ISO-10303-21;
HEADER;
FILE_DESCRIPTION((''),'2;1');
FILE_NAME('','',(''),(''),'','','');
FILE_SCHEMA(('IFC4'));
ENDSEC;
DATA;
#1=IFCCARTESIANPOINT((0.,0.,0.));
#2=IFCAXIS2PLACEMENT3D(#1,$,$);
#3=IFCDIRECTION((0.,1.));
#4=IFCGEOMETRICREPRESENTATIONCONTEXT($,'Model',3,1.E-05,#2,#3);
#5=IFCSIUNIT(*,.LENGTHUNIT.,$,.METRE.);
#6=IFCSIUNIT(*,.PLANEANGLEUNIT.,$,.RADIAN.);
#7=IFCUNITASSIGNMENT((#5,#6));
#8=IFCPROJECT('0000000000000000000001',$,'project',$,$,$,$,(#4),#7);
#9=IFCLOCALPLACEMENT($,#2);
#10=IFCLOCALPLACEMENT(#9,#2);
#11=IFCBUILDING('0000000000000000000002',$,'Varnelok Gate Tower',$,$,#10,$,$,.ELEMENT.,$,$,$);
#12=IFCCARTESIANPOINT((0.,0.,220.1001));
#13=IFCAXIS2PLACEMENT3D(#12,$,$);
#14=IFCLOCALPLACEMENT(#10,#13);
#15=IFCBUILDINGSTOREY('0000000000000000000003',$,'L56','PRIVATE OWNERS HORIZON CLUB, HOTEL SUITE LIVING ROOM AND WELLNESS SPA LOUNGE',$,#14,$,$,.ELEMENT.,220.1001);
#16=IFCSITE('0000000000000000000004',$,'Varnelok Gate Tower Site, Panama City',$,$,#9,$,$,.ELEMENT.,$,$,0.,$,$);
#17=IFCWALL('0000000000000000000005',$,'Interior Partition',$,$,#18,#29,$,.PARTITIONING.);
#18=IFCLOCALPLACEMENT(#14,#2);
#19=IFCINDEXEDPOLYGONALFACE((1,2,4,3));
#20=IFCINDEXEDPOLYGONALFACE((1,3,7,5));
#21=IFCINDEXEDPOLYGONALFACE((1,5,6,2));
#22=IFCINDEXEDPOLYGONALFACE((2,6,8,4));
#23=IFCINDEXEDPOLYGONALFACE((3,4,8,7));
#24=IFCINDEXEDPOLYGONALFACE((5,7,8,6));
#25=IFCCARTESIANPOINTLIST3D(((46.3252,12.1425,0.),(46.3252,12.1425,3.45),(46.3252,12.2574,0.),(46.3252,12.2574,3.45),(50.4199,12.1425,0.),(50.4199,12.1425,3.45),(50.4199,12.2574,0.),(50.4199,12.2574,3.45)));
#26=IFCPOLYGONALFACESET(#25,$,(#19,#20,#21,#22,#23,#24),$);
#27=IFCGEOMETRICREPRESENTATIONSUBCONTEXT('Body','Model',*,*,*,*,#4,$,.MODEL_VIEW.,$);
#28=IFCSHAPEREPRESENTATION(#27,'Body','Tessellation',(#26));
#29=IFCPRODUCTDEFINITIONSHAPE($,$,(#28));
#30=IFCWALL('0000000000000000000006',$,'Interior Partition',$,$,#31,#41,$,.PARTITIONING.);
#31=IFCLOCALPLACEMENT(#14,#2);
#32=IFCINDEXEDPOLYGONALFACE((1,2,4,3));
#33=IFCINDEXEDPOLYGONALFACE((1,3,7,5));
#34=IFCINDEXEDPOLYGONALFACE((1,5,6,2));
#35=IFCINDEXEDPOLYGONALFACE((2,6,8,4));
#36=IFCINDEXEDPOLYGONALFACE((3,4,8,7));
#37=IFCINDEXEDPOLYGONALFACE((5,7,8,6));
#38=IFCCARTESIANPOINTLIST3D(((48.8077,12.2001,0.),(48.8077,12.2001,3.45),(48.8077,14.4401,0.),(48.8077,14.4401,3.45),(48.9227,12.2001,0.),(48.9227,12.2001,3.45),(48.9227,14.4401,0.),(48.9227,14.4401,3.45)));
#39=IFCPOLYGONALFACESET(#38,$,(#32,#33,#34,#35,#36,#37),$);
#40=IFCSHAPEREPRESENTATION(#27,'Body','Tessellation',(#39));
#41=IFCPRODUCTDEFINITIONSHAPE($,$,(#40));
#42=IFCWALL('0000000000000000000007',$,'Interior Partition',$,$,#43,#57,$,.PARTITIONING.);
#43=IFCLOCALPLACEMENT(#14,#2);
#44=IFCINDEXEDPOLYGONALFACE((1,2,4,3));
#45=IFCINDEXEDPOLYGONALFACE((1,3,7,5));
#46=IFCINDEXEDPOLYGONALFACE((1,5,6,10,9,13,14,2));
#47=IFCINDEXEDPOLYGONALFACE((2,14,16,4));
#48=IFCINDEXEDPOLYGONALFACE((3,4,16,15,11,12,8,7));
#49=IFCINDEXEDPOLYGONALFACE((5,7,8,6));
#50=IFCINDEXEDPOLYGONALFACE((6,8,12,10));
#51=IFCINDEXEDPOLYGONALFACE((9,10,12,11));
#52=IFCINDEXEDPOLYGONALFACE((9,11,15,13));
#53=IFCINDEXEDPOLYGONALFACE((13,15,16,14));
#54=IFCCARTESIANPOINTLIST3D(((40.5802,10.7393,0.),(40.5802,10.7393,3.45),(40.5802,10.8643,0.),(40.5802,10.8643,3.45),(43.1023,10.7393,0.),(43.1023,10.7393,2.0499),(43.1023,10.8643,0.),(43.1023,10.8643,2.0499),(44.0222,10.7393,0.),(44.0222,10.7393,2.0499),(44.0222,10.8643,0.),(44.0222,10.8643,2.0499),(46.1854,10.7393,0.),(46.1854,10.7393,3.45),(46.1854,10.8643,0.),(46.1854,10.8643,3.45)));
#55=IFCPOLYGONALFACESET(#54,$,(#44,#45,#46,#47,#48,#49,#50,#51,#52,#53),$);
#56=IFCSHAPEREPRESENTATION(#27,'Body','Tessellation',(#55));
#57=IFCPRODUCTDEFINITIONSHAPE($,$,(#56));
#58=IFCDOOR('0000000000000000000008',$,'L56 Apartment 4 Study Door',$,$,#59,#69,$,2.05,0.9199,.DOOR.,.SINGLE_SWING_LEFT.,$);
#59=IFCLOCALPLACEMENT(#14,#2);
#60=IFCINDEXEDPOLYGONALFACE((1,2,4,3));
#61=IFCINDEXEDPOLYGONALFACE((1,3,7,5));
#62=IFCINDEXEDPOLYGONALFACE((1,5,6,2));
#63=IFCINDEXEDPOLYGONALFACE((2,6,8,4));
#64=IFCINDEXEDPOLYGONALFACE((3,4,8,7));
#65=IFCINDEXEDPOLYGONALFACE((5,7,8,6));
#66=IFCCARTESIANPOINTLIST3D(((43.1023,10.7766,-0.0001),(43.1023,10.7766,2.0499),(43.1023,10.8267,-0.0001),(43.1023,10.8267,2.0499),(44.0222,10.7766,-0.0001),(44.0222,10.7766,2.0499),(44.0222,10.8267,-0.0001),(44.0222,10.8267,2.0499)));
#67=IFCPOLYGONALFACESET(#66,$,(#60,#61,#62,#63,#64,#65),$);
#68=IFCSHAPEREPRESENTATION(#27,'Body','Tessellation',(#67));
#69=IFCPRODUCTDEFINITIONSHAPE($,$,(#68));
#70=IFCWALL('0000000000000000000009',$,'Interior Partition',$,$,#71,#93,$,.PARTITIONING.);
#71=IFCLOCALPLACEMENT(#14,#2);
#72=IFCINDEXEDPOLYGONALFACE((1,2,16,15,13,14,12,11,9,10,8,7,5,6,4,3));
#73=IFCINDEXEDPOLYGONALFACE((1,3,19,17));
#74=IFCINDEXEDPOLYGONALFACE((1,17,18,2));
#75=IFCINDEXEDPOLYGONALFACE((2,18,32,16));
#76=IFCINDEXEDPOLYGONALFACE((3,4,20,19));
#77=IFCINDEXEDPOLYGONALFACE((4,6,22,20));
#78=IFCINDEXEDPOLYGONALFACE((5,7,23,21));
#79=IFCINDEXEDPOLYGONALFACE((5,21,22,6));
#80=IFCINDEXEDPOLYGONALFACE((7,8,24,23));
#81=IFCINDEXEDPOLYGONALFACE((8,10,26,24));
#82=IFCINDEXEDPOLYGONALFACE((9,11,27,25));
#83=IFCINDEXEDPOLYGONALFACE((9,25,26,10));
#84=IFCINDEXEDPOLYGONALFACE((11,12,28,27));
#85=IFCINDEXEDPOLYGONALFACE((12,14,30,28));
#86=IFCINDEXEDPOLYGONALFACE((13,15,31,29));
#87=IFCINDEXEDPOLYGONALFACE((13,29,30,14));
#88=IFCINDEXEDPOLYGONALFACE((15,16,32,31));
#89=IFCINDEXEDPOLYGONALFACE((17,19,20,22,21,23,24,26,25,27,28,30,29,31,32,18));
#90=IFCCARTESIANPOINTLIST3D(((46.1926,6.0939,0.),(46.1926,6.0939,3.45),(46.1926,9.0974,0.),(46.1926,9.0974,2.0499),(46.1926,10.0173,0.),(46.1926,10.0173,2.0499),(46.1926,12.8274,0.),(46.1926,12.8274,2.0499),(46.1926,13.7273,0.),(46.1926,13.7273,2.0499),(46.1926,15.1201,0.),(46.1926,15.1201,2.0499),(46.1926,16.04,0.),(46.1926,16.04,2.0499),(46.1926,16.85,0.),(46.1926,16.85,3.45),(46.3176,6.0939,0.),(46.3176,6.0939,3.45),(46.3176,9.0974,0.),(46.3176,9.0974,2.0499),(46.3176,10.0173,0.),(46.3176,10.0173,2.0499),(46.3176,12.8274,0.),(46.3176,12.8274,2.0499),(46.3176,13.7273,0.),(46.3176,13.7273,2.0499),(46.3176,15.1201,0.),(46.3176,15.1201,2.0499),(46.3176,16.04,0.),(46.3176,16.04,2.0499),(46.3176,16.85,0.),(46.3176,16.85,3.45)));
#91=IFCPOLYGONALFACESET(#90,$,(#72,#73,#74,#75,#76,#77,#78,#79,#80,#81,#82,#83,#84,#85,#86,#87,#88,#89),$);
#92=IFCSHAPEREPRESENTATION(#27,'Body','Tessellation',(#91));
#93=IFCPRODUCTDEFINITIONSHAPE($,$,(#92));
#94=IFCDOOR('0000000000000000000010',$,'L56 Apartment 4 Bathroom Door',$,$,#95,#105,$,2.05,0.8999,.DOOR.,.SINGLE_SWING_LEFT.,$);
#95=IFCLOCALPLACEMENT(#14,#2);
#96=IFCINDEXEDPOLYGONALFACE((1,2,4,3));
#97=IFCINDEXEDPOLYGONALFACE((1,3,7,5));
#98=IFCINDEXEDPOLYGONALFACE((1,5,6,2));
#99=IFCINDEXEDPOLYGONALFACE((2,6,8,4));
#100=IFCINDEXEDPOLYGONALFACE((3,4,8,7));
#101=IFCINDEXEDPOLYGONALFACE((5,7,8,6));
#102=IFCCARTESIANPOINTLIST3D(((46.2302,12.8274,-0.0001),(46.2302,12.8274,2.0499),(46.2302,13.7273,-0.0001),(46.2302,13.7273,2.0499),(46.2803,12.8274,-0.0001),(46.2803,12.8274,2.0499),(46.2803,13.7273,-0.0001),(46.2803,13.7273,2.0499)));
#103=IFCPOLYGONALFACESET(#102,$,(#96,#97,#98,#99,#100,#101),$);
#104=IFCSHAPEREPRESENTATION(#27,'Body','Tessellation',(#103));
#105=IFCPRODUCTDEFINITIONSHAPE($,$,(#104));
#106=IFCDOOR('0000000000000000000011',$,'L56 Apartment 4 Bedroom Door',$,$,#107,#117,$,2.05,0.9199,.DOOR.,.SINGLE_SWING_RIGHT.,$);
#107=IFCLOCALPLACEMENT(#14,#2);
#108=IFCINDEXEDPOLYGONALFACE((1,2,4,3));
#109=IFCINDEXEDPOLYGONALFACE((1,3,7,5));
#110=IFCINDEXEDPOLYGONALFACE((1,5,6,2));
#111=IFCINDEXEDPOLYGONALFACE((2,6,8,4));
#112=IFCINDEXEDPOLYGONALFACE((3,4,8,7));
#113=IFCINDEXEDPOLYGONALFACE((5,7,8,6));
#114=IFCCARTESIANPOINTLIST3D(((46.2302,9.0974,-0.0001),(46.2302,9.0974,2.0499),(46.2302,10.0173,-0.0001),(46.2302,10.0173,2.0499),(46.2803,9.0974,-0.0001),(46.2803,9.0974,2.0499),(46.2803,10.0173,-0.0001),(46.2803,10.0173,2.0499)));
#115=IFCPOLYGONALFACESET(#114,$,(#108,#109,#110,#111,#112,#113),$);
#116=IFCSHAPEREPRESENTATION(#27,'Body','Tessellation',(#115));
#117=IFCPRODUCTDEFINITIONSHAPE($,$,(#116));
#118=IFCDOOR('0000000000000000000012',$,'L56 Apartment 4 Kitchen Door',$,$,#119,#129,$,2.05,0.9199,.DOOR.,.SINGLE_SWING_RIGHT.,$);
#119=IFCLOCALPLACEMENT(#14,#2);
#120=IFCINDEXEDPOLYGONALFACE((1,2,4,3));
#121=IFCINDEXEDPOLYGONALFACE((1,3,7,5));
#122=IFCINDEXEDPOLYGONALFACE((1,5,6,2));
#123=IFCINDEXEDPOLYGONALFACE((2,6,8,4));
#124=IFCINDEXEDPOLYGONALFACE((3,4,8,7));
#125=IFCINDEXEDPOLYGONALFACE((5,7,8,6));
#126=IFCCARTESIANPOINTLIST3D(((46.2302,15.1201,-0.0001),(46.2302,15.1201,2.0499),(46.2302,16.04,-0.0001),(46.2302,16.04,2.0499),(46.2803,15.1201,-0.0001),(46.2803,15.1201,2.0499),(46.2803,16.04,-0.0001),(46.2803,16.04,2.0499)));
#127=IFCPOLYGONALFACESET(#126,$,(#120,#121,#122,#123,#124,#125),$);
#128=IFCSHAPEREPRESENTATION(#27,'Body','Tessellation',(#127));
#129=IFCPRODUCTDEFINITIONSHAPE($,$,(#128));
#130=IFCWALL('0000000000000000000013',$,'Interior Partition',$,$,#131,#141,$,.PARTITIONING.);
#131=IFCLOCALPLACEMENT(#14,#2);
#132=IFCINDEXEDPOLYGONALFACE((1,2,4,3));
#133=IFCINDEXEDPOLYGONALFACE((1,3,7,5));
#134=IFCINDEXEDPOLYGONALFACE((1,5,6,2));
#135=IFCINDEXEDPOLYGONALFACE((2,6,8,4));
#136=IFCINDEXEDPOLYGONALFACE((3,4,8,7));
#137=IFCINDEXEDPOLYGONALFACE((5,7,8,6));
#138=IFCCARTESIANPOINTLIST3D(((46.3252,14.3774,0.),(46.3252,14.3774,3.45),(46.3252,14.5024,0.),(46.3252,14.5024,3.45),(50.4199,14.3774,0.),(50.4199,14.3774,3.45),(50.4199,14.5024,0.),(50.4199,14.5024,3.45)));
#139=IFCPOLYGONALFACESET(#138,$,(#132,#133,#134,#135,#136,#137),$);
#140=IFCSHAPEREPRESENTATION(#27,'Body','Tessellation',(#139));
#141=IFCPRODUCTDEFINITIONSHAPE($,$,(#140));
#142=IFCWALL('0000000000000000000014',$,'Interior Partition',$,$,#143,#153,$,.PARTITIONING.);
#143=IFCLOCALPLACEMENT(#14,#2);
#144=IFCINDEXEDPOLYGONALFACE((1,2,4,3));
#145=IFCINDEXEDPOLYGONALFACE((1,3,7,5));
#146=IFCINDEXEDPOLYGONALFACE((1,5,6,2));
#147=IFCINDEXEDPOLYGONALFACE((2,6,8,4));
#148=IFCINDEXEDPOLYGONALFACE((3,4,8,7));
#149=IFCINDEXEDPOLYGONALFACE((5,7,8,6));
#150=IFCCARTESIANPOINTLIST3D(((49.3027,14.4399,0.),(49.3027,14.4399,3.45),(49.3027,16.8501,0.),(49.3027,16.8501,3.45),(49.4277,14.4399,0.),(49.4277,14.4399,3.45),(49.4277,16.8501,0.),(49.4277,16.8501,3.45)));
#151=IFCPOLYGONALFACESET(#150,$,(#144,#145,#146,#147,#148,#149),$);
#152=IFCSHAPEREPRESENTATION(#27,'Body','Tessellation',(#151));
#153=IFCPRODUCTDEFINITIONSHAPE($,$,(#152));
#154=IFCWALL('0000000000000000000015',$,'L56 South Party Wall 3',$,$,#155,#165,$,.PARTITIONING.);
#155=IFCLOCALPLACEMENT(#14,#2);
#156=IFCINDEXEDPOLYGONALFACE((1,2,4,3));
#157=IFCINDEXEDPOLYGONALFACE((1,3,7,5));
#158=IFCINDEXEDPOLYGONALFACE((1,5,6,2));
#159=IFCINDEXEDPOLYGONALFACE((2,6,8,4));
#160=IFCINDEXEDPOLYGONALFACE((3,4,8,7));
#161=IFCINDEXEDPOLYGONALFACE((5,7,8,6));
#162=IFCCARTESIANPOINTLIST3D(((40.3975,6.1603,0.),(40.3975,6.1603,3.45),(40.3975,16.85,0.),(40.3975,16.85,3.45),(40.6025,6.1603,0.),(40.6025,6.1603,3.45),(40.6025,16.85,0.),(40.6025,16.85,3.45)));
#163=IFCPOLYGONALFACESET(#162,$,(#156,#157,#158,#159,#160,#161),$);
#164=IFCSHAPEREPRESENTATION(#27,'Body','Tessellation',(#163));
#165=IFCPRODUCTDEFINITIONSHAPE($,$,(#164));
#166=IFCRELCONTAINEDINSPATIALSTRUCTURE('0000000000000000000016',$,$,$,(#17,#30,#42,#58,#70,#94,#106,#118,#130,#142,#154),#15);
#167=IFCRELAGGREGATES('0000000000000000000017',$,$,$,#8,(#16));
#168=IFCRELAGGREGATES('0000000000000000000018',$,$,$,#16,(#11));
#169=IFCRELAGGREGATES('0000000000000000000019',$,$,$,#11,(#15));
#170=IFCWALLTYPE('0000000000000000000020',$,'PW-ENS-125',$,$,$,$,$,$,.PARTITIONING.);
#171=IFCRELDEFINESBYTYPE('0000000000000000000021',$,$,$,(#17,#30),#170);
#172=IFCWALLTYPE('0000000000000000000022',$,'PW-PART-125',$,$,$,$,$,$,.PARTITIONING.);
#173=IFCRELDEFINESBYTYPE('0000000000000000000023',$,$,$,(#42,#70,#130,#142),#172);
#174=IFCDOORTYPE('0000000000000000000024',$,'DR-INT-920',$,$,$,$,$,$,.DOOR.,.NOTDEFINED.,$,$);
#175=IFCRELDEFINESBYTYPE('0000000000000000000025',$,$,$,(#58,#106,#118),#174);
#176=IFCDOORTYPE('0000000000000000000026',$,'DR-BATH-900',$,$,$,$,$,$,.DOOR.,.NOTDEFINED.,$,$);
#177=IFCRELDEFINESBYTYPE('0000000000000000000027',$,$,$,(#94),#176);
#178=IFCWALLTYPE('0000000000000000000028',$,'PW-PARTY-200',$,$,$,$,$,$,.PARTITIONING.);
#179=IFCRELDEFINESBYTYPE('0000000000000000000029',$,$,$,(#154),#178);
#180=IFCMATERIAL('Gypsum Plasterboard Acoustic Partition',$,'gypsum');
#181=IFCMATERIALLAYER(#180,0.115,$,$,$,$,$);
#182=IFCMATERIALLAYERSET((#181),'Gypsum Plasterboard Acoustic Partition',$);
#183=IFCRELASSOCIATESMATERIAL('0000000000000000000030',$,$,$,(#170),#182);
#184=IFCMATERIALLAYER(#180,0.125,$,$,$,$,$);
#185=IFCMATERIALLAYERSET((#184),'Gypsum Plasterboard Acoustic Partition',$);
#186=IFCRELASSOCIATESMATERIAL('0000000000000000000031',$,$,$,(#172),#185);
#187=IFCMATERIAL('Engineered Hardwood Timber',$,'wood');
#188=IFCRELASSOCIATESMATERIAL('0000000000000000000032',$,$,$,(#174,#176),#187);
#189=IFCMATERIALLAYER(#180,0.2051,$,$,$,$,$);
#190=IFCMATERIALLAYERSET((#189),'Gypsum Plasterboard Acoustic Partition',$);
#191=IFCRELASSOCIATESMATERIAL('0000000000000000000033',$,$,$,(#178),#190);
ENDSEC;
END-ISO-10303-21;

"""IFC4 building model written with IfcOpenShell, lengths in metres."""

from ifc_helpers import new_model, si_unit, direction, frame, frame_2d, origin, place, context, subcontext, project, spatial, rectangle, extrude, material, layer, layer_set, type_object, element, fill, save


model = new_model("IFC4")

# Units and contexts
model_context = context("Model", 3, precision=1e-05, world=origin(), true_north=direction((0.0, 1.0)))
body_context = subcontext(model_context, "Body", "Model", "MODEL_VIEW")
ifc_project = project(units=[si_unit("LENGTHUNIT", "METRE"), si_unit("PLANEANGLEUNIT", "RADIAN")], contexts=[model_context])

# Site, building, storey
site_placement = place(None, origin())
site = spatial("IfcSite", under=ifc_project, at=site_placement, Name="Varnelok Gate Tower Site, Panama City", CompositionType="ELEMENT", RefElevation=0.0)
building_placement = place(site_placement, origin())
building = spatial("IfcBuilding", under=site, at=building_placement, Name="Varnelok Gate Tower", CompositionType="ELEMENT")
storey_placement = place(building_placement, frame((0.0, 0.0, 220.1001)))
storey = spatial("IfcBuildingStorey", under=building, at=storey_placement, Name="L56", Description="PRIVATE OWNERS HORIZON CLUB, HOTEL SUITE LIVING ROOM AND WELLNESS SPA LOUNGE", CompositionType="ELEMENT", Elevation=220.1001)

# Shared definitions
ifc_material_1 = material(Name="Gypsum Plasterboard Acoustic Partition", Category="gypsum")
ifc_material_2 = material(Name="Engineered Hardwood Timber", Category="wood")

# Walls
ifc_layer_1 = layer(ifc_material_1, 0.115)
ifc_layer_set_1 = layer_set([ifc_layer_1], Name="Gypsum Plasterboard Acoustic Partition")
wall_type_1 = type_object("IfcWallType", Name="PW-ENS-125", PredefinedType="PARTITIONING", material=ifc_layer_set_1)
wall_1_placement = place(storey_placement, frame((46.3252, 12.2, 0.0), z_axis=(0.0, 0.0, 1.0), x_axis=(1.0, 0.0, 0.0)))
element("IfcWall", 1, at=wall_1_placement, inside=storey, type_object=wall_type_1, Name="Interior Partition", PredefinedType="PARTITIONING", context=body_context, shape_type="SweptSolid", body=[
    extrude(rectangle(XDim=4.0947, YDim=0.115, at=frame_2d((2.0474, 0.0))), origin(), (0.0, 0.0, 1.0), 3.45),
])
wall_2_placement = place(storey_placement, frame((48.8652, 12.2, 0.0), z_axis=(0.0, 0.0, 1.0), x_axis=(0.0, 1.0, 0.0)))
element("IfcWall", 2, at=wall_2_placement, inside=storey, type_object=wall_type_1, Name="Interior Partition", PredefinedType="PARTITIONING", context=body_context, shape_type="SweptSolid", body=[
    extrude(rectangle(XDim=2.24, YDim=0.115, at=frame_2d((1.1201, 0.0))), origin(), (0.0, 0.0, 1.0), 3.45),
])

# Wall, opening, door
ifc_layer_2 = layer(ifc_material_1, 0.125)
ifc_layer_set_2 = layer_set([ifc_layer_2], Name="Gypsum Plasterboard Acoustic Partition")
wall_type_2 = type_object("IfcWallType", Name="PW-PART-125", PredefinedType="PARTITIONING", material=ifc_layer_set_2)
wall_3_placement = place(storey_placement, frame((40.5801, 10.8018, 0.0), z_axis=(0.0, 0.0, 1.0), x_axis=(1.0, 0.0, 0.0)))
wall_3 = element("IfcWall", 3, at=wall_3_placement, inside=storey, type_object=wall_type_2, Name="Interior Partition", PredefinedType="PARTITIONING", context=body_context, shape_type="SweptSolid", body=[
    extrude(rectangle(XDim=5.6052, YDim=0.125, at=frame_2d((2.8027, 0.0))), origin(), (0.0, 0.0, 1.0), 3.45),
])
opening_1_placement = place(wall_3_placement, frame((2.5222, 0.0, 0.0)))
opening_1 = element("IfcOpeningElement", 4, at=opening_1_placement, cuts=wall_3, PredefinedType="OPENING", context=body_context, shape_type="SweptSolid", body=[
    extrude(rectangle(XDim=0.9199, YDim=2.05, at=frame_2d((0.46, 1.0249))), frame((0.0, 0.0725, 0.0), z_axis=(0.0, -1.0, 0.0), x_axis=(1.0, 0.0, 0.0)), (0.0, 0.0, 1.0), 0.145),
])
door_type_1 = type_object("IfcDoorType", Name="DR-INT-920", OperationType="NOTDEFINED", PredefinedType="DOOR", material=ifc_material_2)
door_1_placement = place(opening_1_placement, origin())
door_1 = element("IfcDoor", 5, at=door_1_placement, inside=storey, type_object=door_type_1, Name="L56 Apartment 4 Study Door", OperationType="SINGLE_SWING_LEFT", OverallHeight=2.05, OverallWidth=0.9199, PredefinedType="DOOR", context=body_context, shape_type="SweptSolid", body=[
    extrude(rectangle(XDim=0.9199, YDim=2.05, at=frame_2d((0.46, 1.0249))), frame((0.0, 0.0249, 0.0), z_axis=(0.0, -1.0, 0.0), x_axis=(1.0, 0.0, 0.0)), (0.0, 0.0, 1.0), 0.05),
])
fill(opening_1, door_1)

# Wall, openings, doors
wall_4_placement = place(storey_placement, frame((46.2551, 6.094, 0.0), z_axis=(0.0, 0.0, 1.0), x_axis=(0.0, 1.0, 0.0)))
wall_4 = element("IfcWall", 6, at=wall_4_placement, inside=storey, type_object=wall_type_2, Name="Interior Partition", PredefinedType="PARTITIONING", context=body_context, shape_type="SweptSolid", body=[
    extrude(rectangle(XDim=10.7561, YDim=0.125, at=frame_2d((5.3779, 0.0))), origin(), (0.0, 0.0, 1.0), 3.45),
])
opening_2_placement = place(wall_4_placement, frame((3.0034, 0.0, 0.0)))
opening_2 = element("IfcOpeningElement", 7, at=opening_2_placement, cuts=wall_4, PredefinedType="OPENING", context=body_context, shape_type="SweptSolid", body=[
    extrude(rectangle(XDim=0.9199, YDim=2.05, at=frame_2d((0.46, 1.0249))), frame((0.0, 0.0725, 0.0), z_axis=(0.0, -1.0, 0.0), x_axis=(1.0, 0.0, 0.0)), (0.0, 0.0, 1.0), 0.145),
])
opening_3_placement = place(wall_4_placement, frame((6.7334, 0.0, 0.0)))
opening_3 = element("IfcOpeningElement", 8, at=opening_3_placement, cuts=wall_4, PredefinedType="OPENING", context=body_context, shape_type="SweptSolid", body=[
    extrude(rectangle(XDim=0.8999, YDim=2.05, at=frame_2d((0.45, 1.0249))), frame((0.0, 0.0725, 0.0), z_axis=(0.0, -1.0, 0.0), x_axis=(1.0, 0.0, 0.0)), (0.0, 0.0, 1.0), 0.145),
])
opening_4_placement = place(wall_4_placement, frame((9.0261, 0.0, 0.0)))
opening_4 = element("IfcOpeningElement", 9, at=opening_4_placement, cuts=wall_4, PredefinedType="OPENING", context=body_context, shape_type="SweptSolid", body=[
    extrude(rectangle(XDim=0.9199, YDim=2.05, at=frame_2d((0.46, 1.0249))), frame((0.0, 0.0725, 0.0), z_axis=(0.0, -1.0, 0.0), x_axis=(1.0, 0.0, 0.0)), (0.0, 0.0, 1.0), 0.145),
])
door_type_2 = type_object("IfcDoorType", Name="DR-BATH-900", OperationType="NOTDEFINED", PredefinedType="DOOR", material=ifc_material_2)
door_2_placement = place(opening_3_placement, origin())
door_2 = element("IfcDoor", 10, at=door_2_placement, inside=storey, type_object=door_type_2, Name="L56 Apartment 4 Bathroom Door", OperationType="SINGLE_SWING_LEFT", OverallHeight=2.05, OverallWidth=0.8999, PredefinedType="DOOR", context=body_context, shape_type="SweptSolid", body=[
    extrude(rectangle(XDim=0.8999, YDim=2.05, at=frame_2d((0.45, 1.0249))), frame((0.0, 0.0249, 0.0), z_axis=(0.0, -1.0, 0.0), x_axis=(1.0, 0.0, 0.0)), (0.0, 0.0, 1.0), 0.05),
])
fill(opening_3, door_2)
door_3_placement = place(opening_2_placement, origin())
door_3 = element("IfcDoor", 11, at=door_3_placement, inside=storey, type_object=door_type_1, Name="L56 Apartment 4 Bedroom Door", OperationType="SINGLE_SWING_RIGHT", OverallHeight=2.05, OverallWidth=0.9199, PredefinedType="DOOR", context=body_context, shape_type="SweptSolid", body=[
    extrude(rectangle(XDim=0.9199, YDim=2.05, at=frame_2d((0.46, 1.0249))), frame((0.0, 0.0249, 0.0), z_axis=(0.0, -1.0, 0.0), x_axis=(1.0, 0.0, 0.0)), (0.0, 0.0, 1.0), 0.05),
])
fill(opening_2, door_3)
door_4_placement = place(opening_4_placement, origin())
door_4 = element("IfcDoor", 12, at=door_4_placement, inside=storey, type_object=door_type_1, Name="L56 Apartment 4 Kitchen Door", OperationType="SINGLE_SWING_RIGHT", OverallHeight=2.05, OverallWidth=0.9199, PredefinedType="DOOR", context=body_context, shape_type="SweptSolid", body=[
    extrude(rectangle(XDim=0.9199, YDim=2.05, at=frame_2d((0.46, 1.0249))), frame((0.0, 0.0249, 0.0), z_axis=(0.0, -1.0, 0.0), x_axis=(1.0, 0.0, 0.0)), (0.0, 0.0, 1.0), 0.05),
])
fill(opening_4, door_4)

# Walls
wall_5_placement = place(storey_placement, frame((46.3252, 14.4399, 0.0), z_axis=(0.0, 0.0, 1.0), x_axis=(1.0, 0.0, 0.0)))
element("IfcWall", 13, at=wall_5_placement, inside=storey, type_object=wall_type_2, Name="Interior Partition", PredefinedType="PARTITIONING", context=body_context, shape_type="SweptSolid", body=[
    extrude(rectangle(XDim=4.0947, YDim=0.125, at=frame_2d((2.0474, 0.0))), origin(), (0.0, 0.0, 1.0), 3.45),
])
wall_6_placement = place(storey_placement, frame((49.3652, 14.4399, 0.0), z_axis=(0.0, 0.0, 1.0), x_axis=(0.0, 1.0, 0.0)))
element("IfcWall", 14, at=wall_6_placement, inside=storey, type_object=wall_type_2, Name="Interior Partition", PredefinedType="PARTITIONING", context=body_context, shape_type="SweptSolid", body=[
    extrude(rectangle(XDim=2.4102, YDim=0.125, at=frame_2d((1.2051, 0.0))), origin(), (0.0, 0.0, 1.0), 3.45),
])
ifc_layer_3 = layer(ifc_material_1, 0.2051)
ifc_layer_set_3 = layer_set([ifc_layer_3], Name="Gypsum Plasterboard Acoustic Partition")
wall_type_3 = type_object("IfcWallType", Name="PW-PARTY-200", PredefinedType="PARTITIONING", material=ifc_layer_set_3)
wall_7_placement = place(storey_placement, frame((40.5, 6.1604, 0.0), z_axis=(0.0, 0.0, 1.0), x_axis=(0.0, 1.0, 0.0)))
element("IfcWall", 15, at=wall_7_placement, inside=storey, type_object=wall_type_3, Name="L56 South Party Wall 3", PredefinedType="PARTITIONING", context=body_context, shape_type="SweptSolid", body=[
    extrude(rectangle(XDim=10.6897, YDim=0.2051, at=frame_2d((5.3447, 0.0))), origin(), (0.0, 0.0, 1.0), 3.45),
])

save(model, "model.ifc")
